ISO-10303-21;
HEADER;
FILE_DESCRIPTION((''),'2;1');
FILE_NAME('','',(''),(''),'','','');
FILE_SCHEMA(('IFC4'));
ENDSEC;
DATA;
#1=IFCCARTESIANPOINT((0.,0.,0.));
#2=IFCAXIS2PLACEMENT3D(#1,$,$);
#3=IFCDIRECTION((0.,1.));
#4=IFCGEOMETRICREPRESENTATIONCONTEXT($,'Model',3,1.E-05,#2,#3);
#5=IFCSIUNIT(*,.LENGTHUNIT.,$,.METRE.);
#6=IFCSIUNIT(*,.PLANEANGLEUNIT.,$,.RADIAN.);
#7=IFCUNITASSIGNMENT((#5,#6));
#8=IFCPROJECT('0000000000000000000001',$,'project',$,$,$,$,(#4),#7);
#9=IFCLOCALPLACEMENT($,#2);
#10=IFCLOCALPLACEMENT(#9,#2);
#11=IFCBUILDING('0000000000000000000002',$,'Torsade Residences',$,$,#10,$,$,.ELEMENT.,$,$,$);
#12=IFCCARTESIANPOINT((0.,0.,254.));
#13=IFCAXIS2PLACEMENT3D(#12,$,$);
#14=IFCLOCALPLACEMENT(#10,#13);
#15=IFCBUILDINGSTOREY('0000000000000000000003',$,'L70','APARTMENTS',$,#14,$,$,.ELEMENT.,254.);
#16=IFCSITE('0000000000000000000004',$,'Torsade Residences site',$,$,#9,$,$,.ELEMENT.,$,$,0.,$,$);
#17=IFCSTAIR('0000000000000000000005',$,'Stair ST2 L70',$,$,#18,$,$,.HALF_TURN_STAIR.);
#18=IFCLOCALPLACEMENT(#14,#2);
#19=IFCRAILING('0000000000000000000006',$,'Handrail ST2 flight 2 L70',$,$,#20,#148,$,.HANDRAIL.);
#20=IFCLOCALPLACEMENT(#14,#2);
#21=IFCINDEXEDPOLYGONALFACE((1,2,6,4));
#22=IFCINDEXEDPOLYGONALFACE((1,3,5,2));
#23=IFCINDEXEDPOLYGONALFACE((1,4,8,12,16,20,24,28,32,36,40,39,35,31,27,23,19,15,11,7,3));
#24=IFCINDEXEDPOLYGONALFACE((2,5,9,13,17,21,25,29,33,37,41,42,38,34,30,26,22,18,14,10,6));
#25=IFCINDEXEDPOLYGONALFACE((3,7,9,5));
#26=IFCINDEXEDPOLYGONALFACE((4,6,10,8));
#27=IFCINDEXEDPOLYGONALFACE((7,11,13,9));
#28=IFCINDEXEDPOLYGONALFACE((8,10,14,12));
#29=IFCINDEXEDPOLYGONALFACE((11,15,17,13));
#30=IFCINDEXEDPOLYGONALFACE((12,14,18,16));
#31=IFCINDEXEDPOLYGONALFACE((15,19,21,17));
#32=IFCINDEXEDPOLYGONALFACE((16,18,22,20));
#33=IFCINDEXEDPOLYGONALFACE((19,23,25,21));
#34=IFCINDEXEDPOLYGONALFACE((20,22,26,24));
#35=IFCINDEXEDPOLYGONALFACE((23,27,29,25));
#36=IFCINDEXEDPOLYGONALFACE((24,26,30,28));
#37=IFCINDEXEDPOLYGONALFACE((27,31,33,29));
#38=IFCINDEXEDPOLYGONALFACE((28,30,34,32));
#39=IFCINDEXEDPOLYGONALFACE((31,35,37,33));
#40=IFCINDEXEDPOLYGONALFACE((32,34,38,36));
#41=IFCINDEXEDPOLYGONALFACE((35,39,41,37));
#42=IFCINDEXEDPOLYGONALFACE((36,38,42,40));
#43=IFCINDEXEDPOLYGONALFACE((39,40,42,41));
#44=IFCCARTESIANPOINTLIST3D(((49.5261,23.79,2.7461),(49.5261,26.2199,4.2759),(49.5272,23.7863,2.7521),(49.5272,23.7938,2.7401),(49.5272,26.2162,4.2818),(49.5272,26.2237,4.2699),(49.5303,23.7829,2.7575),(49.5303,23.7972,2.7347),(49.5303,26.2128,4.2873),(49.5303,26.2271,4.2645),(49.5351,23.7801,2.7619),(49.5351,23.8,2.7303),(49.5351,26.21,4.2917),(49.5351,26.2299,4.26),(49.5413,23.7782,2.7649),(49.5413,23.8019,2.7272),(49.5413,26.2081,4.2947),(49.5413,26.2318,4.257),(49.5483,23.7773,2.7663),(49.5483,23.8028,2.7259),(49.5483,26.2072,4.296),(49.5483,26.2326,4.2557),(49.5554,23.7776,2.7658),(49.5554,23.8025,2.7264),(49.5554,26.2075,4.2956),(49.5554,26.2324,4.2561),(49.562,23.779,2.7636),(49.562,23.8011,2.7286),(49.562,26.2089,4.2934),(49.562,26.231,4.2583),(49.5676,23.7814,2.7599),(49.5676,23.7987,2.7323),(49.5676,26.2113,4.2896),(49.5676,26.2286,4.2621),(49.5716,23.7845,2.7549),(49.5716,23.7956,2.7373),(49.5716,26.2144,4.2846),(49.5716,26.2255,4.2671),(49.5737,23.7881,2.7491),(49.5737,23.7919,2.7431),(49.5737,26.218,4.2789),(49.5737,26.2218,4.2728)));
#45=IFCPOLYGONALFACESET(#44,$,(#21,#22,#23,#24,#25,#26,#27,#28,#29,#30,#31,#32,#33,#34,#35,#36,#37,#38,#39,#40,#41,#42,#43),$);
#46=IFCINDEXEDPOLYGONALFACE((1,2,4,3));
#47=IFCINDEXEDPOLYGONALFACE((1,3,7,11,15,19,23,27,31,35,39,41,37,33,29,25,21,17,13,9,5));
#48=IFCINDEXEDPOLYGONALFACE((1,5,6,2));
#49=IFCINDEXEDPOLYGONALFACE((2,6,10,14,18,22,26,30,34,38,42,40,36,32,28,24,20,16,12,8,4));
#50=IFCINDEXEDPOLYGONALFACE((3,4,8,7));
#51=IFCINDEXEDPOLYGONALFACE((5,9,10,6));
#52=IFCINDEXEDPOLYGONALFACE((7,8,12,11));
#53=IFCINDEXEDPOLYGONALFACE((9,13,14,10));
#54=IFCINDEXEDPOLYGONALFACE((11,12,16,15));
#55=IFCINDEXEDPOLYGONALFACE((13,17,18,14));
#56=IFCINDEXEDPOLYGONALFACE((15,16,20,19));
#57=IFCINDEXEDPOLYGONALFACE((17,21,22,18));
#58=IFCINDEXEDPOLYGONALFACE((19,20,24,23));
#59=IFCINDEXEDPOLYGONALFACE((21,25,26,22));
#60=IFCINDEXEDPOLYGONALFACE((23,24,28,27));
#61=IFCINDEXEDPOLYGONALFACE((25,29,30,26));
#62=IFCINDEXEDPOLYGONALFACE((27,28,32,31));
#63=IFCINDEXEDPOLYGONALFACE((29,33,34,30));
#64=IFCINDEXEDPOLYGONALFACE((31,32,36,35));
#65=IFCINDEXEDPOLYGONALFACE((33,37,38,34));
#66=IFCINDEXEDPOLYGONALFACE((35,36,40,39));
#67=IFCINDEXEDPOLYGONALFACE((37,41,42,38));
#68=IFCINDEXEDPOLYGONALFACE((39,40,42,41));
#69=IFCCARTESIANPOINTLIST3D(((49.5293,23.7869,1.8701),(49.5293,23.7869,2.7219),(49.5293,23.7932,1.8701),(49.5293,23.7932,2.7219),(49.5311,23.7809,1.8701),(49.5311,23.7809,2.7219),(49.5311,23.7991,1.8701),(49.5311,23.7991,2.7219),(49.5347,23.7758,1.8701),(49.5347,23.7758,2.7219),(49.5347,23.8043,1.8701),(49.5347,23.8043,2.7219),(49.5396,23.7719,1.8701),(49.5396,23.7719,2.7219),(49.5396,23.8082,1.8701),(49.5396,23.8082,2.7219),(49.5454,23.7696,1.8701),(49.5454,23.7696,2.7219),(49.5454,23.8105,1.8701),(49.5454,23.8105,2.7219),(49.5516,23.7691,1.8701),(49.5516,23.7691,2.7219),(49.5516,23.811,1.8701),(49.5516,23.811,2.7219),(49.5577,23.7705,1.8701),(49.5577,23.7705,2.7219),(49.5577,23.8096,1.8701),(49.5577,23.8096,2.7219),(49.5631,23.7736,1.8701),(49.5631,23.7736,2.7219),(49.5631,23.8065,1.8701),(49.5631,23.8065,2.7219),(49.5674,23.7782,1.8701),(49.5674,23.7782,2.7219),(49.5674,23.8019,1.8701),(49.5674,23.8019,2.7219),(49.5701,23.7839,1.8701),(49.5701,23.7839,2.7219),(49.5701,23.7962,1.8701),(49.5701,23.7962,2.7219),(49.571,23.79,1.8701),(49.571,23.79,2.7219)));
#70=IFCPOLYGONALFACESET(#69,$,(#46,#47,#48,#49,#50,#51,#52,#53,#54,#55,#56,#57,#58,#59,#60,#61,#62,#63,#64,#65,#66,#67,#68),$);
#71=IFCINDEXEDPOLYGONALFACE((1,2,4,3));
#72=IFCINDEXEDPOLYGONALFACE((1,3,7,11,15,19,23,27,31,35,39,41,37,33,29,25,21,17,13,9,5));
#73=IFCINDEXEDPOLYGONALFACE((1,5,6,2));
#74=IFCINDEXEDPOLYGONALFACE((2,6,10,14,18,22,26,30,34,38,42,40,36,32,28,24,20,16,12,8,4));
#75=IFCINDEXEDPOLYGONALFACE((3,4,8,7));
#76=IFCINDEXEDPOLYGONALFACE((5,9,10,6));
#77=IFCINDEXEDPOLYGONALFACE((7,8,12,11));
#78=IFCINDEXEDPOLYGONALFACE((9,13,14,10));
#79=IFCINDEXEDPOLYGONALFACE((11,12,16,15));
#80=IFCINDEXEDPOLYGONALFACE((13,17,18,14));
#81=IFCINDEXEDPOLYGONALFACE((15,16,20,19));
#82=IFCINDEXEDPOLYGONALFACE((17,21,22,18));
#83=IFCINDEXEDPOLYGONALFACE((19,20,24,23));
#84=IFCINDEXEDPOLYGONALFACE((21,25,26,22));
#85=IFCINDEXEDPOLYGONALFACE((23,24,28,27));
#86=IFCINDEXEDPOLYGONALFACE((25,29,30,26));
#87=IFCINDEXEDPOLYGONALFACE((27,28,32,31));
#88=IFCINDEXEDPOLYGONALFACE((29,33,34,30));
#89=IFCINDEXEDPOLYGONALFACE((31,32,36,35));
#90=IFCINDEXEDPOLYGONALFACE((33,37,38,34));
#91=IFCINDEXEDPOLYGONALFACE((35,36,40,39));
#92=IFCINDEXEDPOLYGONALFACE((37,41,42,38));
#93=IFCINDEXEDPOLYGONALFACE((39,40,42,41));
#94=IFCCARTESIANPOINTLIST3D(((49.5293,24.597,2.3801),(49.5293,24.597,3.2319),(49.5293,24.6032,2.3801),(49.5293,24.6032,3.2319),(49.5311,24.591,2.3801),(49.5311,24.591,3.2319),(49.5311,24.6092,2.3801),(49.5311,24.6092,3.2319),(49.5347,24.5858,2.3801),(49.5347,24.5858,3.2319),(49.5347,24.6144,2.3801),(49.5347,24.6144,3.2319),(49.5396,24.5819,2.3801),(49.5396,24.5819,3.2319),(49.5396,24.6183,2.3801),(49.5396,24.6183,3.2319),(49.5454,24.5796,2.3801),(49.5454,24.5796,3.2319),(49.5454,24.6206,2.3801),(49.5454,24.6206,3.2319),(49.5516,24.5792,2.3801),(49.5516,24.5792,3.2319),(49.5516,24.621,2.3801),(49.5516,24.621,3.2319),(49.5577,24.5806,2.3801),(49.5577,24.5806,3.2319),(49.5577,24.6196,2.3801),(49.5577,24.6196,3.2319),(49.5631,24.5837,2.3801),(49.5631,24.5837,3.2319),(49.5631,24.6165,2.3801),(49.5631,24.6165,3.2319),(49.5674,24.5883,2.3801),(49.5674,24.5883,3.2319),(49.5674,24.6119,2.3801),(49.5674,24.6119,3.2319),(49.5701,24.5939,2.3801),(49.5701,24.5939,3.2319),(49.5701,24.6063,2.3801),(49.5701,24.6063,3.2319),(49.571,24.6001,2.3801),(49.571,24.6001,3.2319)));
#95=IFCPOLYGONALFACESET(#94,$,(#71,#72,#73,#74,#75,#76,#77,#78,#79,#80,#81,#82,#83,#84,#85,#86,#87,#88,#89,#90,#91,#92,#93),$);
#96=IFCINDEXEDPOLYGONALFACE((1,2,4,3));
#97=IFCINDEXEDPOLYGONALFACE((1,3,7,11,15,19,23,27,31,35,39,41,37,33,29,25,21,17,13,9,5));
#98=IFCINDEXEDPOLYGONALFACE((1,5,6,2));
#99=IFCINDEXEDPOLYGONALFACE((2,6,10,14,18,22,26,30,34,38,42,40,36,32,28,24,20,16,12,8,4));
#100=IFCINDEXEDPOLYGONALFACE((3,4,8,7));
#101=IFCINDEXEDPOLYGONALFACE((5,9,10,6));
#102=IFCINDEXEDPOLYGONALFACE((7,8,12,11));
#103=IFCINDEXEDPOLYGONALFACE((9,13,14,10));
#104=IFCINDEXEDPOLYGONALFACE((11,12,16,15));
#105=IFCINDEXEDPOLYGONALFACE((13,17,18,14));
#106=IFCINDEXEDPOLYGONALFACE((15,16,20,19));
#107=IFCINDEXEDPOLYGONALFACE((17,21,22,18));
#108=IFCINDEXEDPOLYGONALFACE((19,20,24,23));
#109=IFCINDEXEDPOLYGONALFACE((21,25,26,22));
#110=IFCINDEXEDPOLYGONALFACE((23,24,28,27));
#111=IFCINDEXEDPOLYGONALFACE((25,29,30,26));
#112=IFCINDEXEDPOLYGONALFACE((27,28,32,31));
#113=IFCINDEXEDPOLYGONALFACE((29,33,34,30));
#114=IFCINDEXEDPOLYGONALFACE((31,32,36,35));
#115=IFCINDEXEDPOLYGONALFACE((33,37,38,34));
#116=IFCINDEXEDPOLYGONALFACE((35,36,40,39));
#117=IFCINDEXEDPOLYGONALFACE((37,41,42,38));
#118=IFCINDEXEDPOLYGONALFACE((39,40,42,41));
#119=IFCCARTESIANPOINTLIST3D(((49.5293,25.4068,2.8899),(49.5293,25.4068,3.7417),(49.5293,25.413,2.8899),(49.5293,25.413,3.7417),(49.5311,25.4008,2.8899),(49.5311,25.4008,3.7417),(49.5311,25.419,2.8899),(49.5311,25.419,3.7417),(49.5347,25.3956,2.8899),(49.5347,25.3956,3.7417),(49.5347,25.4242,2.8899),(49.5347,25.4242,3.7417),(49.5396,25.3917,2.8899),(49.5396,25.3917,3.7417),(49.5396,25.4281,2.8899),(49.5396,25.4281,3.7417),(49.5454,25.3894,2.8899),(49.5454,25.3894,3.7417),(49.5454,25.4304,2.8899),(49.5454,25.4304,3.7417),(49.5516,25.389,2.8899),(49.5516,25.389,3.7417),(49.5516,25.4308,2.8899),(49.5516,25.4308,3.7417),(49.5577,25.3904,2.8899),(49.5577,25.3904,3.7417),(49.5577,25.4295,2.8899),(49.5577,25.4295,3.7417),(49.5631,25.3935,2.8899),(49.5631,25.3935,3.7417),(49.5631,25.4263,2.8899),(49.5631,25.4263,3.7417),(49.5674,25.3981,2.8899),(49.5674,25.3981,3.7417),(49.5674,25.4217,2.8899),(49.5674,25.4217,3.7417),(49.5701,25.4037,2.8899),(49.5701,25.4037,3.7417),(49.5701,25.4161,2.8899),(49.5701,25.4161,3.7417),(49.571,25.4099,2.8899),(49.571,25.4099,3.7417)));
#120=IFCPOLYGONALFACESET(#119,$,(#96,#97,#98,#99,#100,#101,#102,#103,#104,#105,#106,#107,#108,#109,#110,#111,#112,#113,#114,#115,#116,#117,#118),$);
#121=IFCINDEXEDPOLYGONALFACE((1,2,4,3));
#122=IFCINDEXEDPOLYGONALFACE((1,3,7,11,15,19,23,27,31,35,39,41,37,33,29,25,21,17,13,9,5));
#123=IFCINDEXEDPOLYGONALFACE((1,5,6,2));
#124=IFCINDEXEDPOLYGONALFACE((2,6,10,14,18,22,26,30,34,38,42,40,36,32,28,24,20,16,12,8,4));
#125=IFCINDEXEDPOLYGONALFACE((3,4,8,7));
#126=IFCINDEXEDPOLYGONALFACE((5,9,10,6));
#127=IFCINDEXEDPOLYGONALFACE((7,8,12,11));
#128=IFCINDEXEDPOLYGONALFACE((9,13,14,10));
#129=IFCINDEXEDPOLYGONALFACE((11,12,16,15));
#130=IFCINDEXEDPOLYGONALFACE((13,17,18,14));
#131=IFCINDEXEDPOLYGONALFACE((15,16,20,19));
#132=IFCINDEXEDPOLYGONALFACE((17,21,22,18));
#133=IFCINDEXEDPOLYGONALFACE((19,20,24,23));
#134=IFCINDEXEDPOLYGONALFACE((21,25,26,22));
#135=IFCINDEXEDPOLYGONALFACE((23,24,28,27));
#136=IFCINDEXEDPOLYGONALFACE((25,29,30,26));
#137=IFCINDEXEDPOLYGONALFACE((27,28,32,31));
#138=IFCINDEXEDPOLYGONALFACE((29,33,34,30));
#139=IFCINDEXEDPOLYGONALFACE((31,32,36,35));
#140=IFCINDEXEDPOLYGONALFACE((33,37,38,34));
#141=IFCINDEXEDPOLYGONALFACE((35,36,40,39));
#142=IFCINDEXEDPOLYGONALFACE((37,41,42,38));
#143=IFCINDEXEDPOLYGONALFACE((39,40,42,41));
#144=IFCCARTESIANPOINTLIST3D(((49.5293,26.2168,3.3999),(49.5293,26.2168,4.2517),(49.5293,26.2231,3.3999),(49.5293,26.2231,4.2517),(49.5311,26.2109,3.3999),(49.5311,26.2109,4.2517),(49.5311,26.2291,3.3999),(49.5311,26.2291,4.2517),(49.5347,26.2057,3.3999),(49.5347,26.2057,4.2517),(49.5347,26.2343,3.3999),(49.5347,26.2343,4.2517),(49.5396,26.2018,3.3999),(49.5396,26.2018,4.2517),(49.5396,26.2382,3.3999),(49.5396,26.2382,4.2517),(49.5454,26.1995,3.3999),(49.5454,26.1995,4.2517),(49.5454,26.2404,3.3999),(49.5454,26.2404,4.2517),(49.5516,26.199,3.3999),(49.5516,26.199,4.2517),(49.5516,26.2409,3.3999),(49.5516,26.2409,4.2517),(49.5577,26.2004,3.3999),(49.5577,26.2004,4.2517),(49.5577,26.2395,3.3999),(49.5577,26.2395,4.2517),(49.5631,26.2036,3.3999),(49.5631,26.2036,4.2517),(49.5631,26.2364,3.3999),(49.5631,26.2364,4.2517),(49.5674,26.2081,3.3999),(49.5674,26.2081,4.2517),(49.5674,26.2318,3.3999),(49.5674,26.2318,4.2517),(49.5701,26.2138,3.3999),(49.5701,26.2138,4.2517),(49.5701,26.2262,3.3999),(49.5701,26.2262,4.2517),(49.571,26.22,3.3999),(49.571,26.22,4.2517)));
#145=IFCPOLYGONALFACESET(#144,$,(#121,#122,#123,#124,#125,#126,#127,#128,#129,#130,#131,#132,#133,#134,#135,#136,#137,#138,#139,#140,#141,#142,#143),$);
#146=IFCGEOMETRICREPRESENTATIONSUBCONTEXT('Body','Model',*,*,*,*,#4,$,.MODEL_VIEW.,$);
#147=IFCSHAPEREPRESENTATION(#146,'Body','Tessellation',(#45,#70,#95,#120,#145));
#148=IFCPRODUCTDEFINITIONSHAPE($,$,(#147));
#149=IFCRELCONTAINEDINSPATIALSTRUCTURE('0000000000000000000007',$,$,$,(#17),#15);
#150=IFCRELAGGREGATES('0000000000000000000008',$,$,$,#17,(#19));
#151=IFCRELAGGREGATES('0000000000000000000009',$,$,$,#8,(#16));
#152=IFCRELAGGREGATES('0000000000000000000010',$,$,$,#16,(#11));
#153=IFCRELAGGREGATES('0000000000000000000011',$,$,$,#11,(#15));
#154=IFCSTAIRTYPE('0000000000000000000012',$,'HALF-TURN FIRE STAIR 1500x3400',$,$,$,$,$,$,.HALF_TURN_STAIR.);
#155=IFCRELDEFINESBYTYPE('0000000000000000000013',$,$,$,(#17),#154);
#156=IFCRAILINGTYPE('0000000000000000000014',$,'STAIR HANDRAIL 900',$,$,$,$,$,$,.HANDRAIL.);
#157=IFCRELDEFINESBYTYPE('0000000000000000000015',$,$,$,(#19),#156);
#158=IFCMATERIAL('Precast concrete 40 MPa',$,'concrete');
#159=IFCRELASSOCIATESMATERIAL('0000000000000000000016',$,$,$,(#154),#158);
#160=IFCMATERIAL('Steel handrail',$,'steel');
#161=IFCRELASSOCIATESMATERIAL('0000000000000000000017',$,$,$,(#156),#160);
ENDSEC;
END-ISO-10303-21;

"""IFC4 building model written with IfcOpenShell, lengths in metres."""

from ifc_helpers import new_model, si_unit, direction, frame, origin, origin_2d, place, context, subcontext, project, spatial, circle, extrude, material, type_object, element, aggregate, save


model = new_model("IFC4")

# Units and contexts
model_context = context("Model", 3, precision=1e-05, world=origin(), true_north=direction((0.0, 1.0)))
body_context = subcontext(model_context, "Body", "Model", "MODEL_VIEW")
ifc_project = project(units=[si_unit("LENGTHUNIT", "METRE"), si_unit("PLANEANGLEUNIT", "RADIAN")], contexts=[model_context])

# Site, building, storey
site_placement = place(None, origin())
site = spatial("IfcSite", under=ifc_project, at=site_placement, Name="Torsade Residences site", CompositionType="ELEMENT", RefElevation=0.0)
building_placement = place(site_placement, origin())
building = spatial("IfcBuilding", under=site, at=building_placement, Name="Torsade Residences", CompositionType="ELEMENT")
storey_placement = place(building_placement, frame((0.0, 0.0, 254.0)))
storey = spatial("IfcBuildingStorey", under=building, at=storey_placement, Name="L70", Description="APARTMENTS", CompositionType="ELEMENT", Elevation=254.0)

# Stair, railing
ifc_material_1 = material(Name="Precast concrete 40 MPa", Category="concrete")
stair_type = type_object("IfcStairType", Name="HALF-TURN FIRE STAIR 1500x3400", PredefinedType="HALF_TURN_STAIR", material=ifc_material_1)
stair_placement = place(storey_placement, origin())
stair = element("IfcStair", 1, at=stair_placement, inside=storey, type_object=stair_type, Name="Stair ST2 L70", PredefinedType="HALF_TURN_STAIR")
ifc_material_2 = material(Name="Steel handrail", Category="steel")
railing_type = type_object("IfcRailingType", Name="STAIR HANDRAIL 900", PredefinedType="HANDRAIL", material=ifc_material_2)
railing_1_placement = place(storey_placement, frame((49.55, 23.79, 1.8701)))
railing_1 = element("IfcRailing", 2, at=railing_1_placement, type_object=railing_type, Name="Handrail ST2 flight 2 L70", PredefinedType="HANDRAIL", context=body_context, shape_type="SweptSolid", body=[
    extrude(circle(Radius=0.0239, at=origin_2d()), frame((0.0, 0.0, 0.876), z_axis=(0.0, 0.84626, 0.53277), x_axis=(-1.0, 0.0, 0.0)), (0.0, 0.0, 1.0), 2.8713),
    extrude(circle(Radius=0.021, at=origin_2d()), origin(), (0.0, 0.0, 1.0), 0.8518),
    extrude(circle(Radius=0.021, at=origin_2d()), frame((0.0, 0.8101, 0.51)), (0.0, 0.0, 1.0), 0.8518),
    extrude(circle(Radius=0.021, at=origin_2d()), frame((0.0, 1.6199, 1.0198)), (0.0, 0.0, 1.0), 0.8518),
    extrude(circle(Radius=0.021, at=origin_2d()), frame((0.0, 2.4299, 1.5298)), (0.0, 0.0, 1.0), 0.8518),
])
aggregate(stair, [railing_1])

save(model, "model.ifc")
